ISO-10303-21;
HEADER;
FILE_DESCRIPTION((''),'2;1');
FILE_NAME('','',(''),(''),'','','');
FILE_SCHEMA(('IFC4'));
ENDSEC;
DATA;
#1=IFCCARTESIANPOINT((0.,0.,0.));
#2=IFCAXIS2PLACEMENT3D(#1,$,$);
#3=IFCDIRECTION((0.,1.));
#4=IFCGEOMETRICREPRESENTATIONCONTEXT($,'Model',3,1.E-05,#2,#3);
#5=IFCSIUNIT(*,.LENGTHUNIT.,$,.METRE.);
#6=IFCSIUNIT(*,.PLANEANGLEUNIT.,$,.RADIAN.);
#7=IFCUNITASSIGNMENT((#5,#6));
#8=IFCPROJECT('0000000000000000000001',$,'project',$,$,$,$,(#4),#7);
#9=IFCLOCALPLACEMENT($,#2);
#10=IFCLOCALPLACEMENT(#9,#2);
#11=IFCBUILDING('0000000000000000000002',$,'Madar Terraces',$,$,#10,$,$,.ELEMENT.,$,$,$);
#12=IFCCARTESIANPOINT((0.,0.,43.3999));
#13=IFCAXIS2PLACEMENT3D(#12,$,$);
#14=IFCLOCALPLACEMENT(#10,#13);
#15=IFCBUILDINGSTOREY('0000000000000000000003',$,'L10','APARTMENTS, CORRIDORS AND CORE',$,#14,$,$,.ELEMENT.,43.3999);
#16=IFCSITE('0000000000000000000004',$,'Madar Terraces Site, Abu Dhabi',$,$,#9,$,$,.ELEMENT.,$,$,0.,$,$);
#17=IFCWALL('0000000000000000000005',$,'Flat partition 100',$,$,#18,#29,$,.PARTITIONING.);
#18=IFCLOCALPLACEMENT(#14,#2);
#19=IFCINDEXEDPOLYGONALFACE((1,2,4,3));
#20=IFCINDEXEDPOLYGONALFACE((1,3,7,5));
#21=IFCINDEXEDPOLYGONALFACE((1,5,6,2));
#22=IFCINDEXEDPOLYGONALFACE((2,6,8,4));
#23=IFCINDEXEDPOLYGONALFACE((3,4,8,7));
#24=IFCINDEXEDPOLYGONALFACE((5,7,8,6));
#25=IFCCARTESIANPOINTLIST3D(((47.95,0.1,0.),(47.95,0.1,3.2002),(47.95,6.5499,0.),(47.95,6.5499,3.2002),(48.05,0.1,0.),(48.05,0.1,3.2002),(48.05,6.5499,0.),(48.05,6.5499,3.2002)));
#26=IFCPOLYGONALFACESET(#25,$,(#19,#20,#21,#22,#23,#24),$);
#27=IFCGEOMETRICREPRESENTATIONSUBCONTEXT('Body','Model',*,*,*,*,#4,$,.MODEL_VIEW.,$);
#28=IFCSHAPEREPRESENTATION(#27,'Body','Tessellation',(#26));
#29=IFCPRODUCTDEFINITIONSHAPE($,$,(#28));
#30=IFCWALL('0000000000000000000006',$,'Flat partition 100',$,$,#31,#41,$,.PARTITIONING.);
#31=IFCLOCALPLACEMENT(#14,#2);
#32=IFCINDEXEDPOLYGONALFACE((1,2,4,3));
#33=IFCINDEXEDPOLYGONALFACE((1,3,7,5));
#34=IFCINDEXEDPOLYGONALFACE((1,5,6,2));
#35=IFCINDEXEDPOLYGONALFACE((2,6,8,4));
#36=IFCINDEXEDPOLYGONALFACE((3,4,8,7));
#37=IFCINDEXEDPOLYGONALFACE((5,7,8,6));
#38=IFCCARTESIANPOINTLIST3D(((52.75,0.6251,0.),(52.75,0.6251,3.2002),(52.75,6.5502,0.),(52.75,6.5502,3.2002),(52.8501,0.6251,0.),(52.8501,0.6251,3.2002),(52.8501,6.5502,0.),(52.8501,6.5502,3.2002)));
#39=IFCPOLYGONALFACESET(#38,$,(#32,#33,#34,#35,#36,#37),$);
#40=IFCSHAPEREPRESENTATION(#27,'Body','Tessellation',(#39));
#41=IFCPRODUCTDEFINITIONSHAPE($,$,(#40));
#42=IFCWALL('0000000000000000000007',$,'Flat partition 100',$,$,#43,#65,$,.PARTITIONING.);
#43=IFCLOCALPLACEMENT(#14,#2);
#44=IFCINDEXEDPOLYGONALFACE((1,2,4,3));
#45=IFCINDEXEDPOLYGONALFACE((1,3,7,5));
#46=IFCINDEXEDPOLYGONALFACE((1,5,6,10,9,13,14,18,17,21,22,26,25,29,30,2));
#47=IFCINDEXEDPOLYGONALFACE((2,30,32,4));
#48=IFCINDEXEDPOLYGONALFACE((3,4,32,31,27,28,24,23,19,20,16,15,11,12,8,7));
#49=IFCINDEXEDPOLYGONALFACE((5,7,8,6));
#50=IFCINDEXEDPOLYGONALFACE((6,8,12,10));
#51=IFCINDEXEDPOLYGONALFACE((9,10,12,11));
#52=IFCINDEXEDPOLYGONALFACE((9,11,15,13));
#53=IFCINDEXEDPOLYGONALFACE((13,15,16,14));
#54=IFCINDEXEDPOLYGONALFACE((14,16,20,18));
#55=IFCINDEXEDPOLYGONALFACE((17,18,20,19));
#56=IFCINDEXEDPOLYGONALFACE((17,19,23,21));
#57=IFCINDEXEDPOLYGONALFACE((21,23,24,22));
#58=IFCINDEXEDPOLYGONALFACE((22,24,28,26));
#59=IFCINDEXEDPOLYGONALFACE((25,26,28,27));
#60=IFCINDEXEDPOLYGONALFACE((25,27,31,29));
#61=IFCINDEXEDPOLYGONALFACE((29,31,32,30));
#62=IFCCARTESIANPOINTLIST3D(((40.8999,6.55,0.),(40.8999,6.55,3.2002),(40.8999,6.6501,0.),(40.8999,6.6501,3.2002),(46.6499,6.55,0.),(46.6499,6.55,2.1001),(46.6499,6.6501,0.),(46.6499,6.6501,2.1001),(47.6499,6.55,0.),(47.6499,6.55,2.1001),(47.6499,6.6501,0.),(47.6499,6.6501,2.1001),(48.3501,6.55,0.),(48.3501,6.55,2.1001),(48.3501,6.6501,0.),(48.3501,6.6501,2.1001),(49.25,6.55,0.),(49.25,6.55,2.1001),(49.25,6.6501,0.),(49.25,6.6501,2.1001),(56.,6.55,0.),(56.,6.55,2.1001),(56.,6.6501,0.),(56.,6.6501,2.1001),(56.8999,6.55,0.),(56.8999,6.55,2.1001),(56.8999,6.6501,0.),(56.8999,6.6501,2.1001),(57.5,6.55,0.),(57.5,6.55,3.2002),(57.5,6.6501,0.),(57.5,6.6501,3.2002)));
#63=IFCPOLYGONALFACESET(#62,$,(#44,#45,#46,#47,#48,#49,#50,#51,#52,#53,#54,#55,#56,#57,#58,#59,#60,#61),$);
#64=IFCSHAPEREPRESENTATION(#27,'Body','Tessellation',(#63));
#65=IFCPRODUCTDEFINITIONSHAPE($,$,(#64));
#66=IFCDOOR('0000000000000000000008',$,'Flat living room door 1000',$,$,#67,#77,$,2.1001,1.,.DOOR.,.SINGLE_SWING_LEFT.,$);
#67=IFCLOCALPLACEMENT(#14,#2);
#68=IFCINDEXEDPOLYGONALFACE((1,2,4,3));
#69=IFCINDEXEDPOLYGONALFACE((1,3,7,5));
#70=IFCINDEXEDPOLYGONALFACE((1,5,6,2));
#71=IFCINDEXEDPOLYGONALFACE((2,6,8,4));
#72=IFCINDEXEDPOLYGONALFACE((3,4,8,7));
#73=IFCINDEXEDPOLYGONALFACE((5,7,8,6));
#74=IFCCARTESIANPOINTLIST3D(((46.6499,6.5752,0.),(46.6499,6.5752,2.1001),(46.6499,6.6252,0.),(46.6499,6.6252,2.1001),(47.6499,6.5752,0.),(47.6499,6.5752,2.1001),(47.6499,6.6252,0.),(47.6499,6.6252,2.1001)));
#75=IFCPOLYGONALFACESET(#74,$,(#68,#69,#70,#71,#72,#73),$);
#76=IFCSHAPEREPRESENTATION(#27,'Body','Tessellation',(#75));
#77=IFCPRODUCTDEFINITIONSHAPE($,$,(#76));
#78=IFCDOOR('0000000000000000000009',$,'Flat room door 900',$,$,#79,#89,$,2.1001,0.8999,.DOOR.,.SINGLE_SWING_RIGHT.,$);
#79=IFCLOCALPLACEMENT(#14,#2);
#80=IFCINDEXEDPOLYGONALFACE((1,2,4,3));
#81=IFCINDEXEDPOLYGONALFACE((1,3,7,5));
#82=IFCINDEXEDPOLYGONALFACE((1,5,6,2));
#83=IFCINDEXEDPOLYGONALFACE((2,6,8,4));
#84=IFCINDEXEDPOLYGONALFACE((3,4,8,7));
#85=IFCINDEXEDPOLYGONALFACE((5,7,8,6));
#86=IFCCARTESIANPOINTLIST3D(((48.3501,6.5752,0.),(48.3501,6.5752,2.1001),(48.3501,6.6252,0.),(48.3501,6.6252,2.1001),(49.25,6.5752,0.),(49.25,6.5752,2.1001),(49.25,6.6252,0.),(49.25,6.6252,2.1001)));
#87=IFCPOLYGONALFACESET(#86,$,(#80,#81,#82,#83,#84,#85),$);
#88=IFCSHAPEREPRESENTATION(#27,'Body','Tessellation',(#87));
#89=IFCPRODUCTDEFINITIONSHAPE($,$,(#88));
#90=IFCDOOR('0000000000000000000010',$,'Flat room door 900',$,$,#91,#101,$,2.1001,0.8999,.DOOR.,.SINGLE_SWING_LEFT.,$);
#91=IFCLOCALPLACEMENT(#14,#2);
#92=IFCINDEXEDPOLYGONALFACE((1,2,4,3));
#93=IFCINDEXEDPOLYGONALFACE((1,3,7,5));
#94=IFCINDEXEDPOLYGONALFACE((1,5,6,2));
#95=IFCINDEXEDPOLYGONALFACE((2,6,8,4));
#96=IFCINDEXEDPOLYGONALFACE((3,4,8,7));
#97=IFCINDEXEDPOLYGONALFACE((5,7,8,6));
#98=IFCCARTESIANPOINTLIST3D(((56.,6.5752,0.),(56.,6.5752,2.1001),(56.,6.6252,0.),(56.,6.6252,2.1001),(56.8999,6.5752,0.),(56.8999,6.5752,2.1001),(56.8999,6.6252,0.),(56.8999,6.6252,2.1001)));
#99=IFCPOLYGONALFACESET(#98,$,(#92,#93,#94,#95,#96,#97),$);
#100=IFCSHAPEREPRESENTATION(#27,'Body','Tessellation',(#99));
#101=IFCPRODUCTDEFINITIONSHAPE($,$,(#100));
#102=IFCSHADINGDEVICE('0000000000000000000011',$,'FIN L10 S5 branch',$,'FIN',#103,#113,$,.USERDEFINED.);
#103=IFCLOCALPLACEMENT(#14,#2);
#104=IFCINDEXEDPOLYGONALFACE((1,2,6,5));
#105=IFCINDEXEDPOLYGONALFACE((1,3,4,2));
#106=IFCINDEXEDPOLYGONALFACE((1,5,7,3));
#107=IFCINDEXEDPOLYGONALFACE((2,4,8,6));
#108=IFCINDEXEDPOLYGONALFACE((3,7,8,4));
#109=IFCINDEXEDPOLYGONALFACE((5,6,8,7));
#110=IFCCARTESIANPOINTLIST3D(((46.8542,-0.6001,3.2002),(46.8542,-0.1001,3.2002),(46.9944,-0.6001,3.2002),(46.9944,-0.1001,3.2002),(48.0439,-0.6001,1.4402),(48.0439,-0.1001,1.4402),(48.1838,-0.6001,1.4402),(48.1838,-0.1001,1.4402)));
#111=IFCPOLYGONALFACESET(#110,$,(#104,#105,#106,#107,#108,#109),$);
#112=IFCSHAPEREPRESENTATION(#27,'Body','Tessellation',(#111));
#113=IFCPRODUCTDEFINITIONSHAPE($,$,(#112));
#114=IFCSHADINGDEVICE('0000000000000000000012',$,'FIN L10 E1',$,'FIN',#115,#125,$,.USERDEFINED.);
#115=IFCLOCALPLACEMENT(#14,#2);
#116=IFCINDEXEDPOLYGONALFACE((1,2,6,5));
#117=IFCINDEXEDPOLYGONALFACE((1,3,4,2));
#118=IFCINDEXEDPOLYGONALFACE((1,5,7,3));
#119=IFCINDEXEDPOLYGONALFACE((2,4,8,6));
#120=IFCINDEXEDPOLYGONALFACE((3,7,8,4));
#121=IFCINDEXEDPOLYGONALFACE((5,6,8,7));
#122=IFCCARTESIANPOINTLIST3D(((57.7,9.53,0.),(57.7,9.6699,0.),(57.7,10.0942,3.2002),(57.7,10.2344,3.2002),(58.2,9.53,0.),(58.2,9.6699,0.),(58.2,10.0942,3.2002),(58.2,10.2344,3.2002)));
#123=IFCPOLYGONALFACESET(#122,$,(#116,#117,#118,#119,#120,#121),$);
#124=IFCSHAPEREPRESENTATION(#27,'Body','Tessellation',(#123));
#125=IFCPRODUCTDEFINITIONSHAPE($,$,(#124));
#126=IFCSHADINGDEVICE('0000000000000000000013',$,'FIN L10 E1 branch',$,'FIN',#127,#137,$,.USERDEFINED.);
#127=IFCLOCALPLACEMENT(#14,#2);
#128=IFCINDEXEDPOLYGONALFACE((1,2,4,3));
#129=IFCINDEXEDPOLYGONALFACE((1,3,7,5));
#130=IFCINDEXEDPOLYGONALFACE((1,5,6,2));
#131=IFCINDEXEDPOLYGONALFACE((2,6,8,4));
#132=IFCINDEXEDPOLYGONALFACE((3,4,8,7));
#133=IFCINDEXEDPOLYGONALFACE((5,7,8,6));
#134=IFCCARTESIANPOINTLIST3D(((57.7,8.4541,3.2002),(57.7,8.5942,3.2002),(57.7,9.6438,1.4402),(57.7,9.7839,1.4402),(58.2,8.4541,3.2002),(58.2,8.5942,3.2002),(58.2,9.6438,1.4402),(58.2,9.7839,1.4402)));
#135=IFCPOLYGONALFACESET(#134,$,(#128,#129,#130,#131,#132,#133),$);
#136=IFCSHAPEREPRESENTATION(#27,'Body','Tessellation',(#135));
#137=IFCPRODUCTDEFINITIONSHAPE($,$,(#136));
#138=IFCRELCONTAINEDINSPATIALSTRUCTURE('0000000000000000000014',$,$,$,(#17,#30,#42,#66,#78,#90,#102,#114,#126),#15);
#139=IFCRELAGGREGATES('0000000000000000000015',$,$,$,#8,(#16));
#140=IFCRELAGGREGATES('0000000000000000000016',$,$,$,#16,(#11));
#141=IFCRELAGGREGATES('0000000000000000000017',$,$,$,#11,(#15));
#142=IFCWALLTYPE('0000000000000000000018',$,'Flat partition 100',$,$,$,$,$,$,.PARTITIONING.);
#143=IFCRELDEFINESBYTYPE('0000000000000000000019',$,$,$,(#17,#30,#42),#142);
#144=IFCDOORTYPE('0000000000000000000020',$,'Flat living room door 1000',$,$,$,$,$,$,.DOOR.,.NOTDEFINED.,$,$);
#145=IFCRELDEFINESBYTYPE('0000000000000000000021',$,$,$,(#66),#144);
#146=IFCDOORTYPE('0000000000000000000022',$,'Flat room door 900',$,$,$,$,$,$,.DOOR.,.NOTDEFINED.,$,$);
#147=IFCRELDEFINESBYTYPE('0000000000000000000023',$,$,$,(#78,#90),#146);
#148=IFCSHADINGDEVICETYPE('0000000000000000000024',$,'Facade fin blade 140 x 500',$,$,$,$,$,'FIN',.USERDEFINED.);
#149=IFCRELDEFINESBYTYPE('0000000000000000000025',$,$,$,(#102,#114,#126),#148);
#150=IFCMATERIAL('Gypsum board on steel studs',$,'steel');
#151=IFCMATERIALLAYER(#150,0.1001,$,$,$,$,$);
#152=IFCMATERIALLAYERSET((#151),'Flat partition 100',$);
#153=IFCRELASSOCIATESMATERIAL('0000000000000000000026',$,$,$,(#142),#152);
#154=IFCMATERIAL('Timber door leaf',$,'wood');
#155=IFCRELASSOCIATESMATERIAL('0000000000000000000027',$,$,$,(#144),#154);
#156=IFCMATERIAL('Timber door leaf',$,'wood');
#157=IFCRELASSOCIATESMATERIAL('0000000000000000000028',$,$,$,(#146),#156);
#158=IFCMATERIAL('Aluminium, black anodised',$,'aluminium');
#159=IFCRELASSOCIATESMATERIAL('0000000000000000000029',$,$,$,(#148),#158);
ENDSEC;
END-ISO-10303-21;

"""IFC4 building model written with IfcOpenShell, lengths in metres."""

from ifc_helpers import new_model, si_unit, direction, frame, frame_2d, origin, place, context, subcontext, project, spatial, polyline, rectangle, outline, extrude, material, layer, layer_set, type_object, element, fill, save


model = new_model("IFC4")

# Units and contexts
model_context = context("Model", 3, precision=1e-05, world=origin(), true_north=direction((0.0, 1.0)))
body_context = subcontext(model_context, "Body", "Model", "MODEL_VIEW")
ifc_project = project(units=[si_unit("LENGTHUNIT", "METRE"), si_unit("PLANEANGLEUNIT", "RADIAN")], contexts=[model_context])

# Site, building, storey
site_placement = place(None, origin())
site = spatial("IfcSite", under=ifc_project, at=site_placement, Name="Madar Terraces Site, Abu Dhabi", CompositionType="ELEMENT", RefElevation=0.0)
building_placement = place(site_placement, origin())
building = spatial("IfcBuilding", under=site, at=building_placement, Name="Madar Terraces", CompositionType="ELEMENT")
storey_placement = place(building_placement, frame((0.0, 0.0, 43.3999)))
storey = spatial("IfcBuildingStorey", under=building, at=storey_placement, Name="L10", Description="APARTMENTS, CORRIDORS AND CORE", CompositionType="ELEMENT", Elevation=43.3999)

# Walls
ifc_material_1 = material(Name="Gypsum board on steel studs", Category="steel")
ifc_layer_1 = layer(ifc_material_1, 0.1001)
ifc_layer_set_1 = layer_set([ifc_layer_1], Name="Flat partition 100")
wall_type = type_object("IfcWallType", Name="Flat partition 100", PredefinedType="PARTITIONING", material=ifc_layer_set_1)
wall_1_placement = place(storey_placement, frame((48.0, 6.55, 0.0), z_axis=(0.0, 0.0, 1.0), x_axis=(0.0, -1.0, 0.0)))
element("IfcWall", 1, at=wall_1_placement, inside=storey, type_object=wall_type, Name="Flat partition 100", PredefinedType="PARTITIONING", context=body_context, shape_type="SweptSolid", body=[
    extrude(rectangle(XDim=6.45, YDim=0.1001, at=frame_2d((3.2251, 0.0))), origin(), (0.0, 0.0, 1.0), 3.2002),
])
wall_2_placement = place(storey_placement, frame((52.8, 6.55, 0.0), z_axis=(0.0, 0.0, 1.0), x_axis=(0.0, -1.0, 0.0)))
element("IfcWall", 2, at=wall_2_placement, inside=storey, type_object=wall_type, Name="Flat partition 100", PredefinedType="PARTITIONING", context=body_context, shape_type="SweptSolid", body=[
    extrude(rectangle(XDim=5.925, YDim=0.1001, at=frame_2d((2.9624, 0.0))), origin(), (0.0, 0.0, 1.0), 3.2002),
])

# Wall, openings, doors
wall_3_placement = place(storey_placement, frame((57.5, 6.6001, 0.0), z_axis=(0.0, 0.0, 1.0), x_axis=(-1.0, 0.0, 0.0)))
wall_3 = element("IfcWall", 3, at=wall_3_placement, inside=storey, type_object=wall_type, Name="Flat partition 100", PredefinedType="PARTITIONING", context=body_context, shape_type="SweptSolid", body=[
    extrude(rectangle(XDim=16.6001, YDim=0.1001, at=frame_2d((8.3, 0.0))), origin(), (0.0, 0.0, 1.0), 3.2002),
])
opening_1_placement = place(wall_3_placement, frame((9.8501, 0.0, 0.0)))
opening_1 = element("IfcOpeningElement", 4, at=opening_1_placement, cuts=wall_3, PredefinedType="OPENING", context=body_context, shape_type="SweptSolid", body=[
    extrude(rectangle(XDim=1.0, YDim=2.1001, at=frame_2d((0.5, 1.05))), frame((0.0, 0.0601, 0.0), z_axis=(0.0, -1.0, 0.0), x_axis=(1.0, 0.0, 0.0)), (0.0, 0.0, 1.0), 0.1201),
])
opening_2_placement = place(wall_3_placement, frame((8.25, 0.0, 0.0)))
opening_2 = element("IfcOpeningElement", 5, at=opening_2_placement, cuts=wall_3, PredefinedType="OPENING", context=body_context, shape_type="SweptSolid", body=[
    extrude(rectangle(XDim=0.8999, YDim=2.1001, at=frame_2d((0.45, 1.05))), frame((0.0, 0.0601, 0.0), z_axis=(0.0, -1.0, 0.0), x_axis=(1.0, 0.0, 0.0)), (0.0, 0.0, 1.0), 0.1201),
])
opening_3_placement = place(wall_3_placement, frame((0.6001, 0.0, 0.0)))
opening_3 = element("IfcOpeningElement", 6, at=opening_3_placement, cuts=wall_3, PredefinedType="OPENING", context=body_context, shape_type="SweptSolid", body=[
    extrude(rectangle(XDim=0.8999, YDim=2.1001, at=frame_2d((0.45, 1.05))), frame((0.0, 0.0601, 0.0), z_axis=(0.0, -1.0, 0.0), x_axis=(1.0, 0.0, 0.0)), (0.0, 0.0, 1.0), 0.1201),
])
ifc_material_2 = material(Name="Timber door leaf", Category="wood")
door_type_1 = type_object("IfcDoorType", Name="Flat living room door 1000", OperationType="NOTDEFINED", PredefinedType="DOOR", material=ifc_material_2)
door_1_placement = place(opening_1_placement, origin())
door_1 = element("IfcDoor", 7, at=door_1_placement, inside=storey, type_object=door_type_1, Name="Flat living room door 1000", OperationType="SINGLE_SWING_LEFT", OverallHeight=2.1001, OverallWidth=1.0, PredefinedType="DOOR", context=body_context, shape_type="SweptSolid", body=[
    extrude(rectangle(XDim=1.0, YDim=2.1001, at=frame_2d((0.5, 1.05))), frame((0.0, 0.0249, 0.0), z_axis=(0.0, -1.0, 0.0), x_axis=(1.0, 0.0, 0.0)), (0.0, 0.0, 1.0), 0.05),
])
fill(opening_1, door_1)
ifc_material_3 = material(Name="Timber door leaf", Category="wood")
door_type_2 = type_object("IfcDoorType", Name="Flat room door 900", OperationType="NOTDEFINED", PredefinedType="DOOR", material=ifc_material_3)
door_2_placement = place(opening_2_placement, origin())
door_2 = element("IfcDoor", 8, at=door_2_placement, inside=storey, type_object=door_type_2, Name="Flat room door 900", OperationType="SINGLE_SWING_RIGHT", OverallHeight=2.1001, OverallWidth=0.8999, PredefinedType="DOOR", context=body_context, shape_type="SweptSolid", body=[
    extrude(rectangle(XDim=0.8999, YDim=2.1001, at=frame_2d((0.45, 1.05))), frame((0.0, 0.0249, 0.0), z_axis=(0.0, -1.0, 0.0), x_axis=(1.0, 0.0, 0.0)), (0.0, 0.0, 1.0), 0.05),
])
fill(opening_2, door_2)
door_3_placement = place(opening_3_placement, origin())
door_3 = element("IfcDoor", 9, at=door_3_placement, inside=storey, type_object=door_type_2, Name="Flat room door 900", OperationType="SINGLE_SWING_LEFT", OverallHeight=2.1001, OverallWidth=0.8999, PredefinedType="DOOR", context=body_context, shape_type="SweptSolid", body=[
    extrude(rectangle(XDim=0.8999, YDim=2.1001, at=frame_2d((0.45, 1.05))), frame((0.0, 0.0249, 0.0), z_axis=(0.0, -1.0, 0.0), x_axis=(1.0, 0.0, 0.0)), (0.0, 0.0, 1.0), 0.05),
])
fill(opening_3, door_3)

# Shading devices
ifc_material_4 = material(Name="Aluminium, black anodised", Category="aluminium")
shading_device_type = type_object("IfcShadingDeviceType", Name="Facade fin blade 140 x 500", ElementType="FIN", PredefinedType="USERDEFINED", material=ifc_material_4)
shading_device_1_placement = place(storey_placement, frame((48.0439, -0.3501, 1.4402), z_axis=(0.0, 0.0, 1.0), x_axis=(1.0, 0.0, 0.0)))
element("IfcShadingDevice", 10, at=shading_device_1_placement, inside=storey, type_object=shading_device_type, Name="FIN L10 S5 branch", ObjectType="FIN", PredefinedType="USERDEFINED", context=body_context, shape_type="SweptSolid", body=[
    extrude(outline(polyline([(0.0, 0.0), (0.1399, 0.0), (-1.0496, 1.76), (-1.1897, 1.76), (0.0, 0.0)])), frame((0.0, 0.25, 0.0), z_axis=(0.0, -1.0, 0.0), x_axis=(1.0, 0.0, 0.0)), (0.0, 0.0, 1.0), 0.5),
])
shading_device_2_placement = place(storey_placement, frame((57.95, 9.53, 0.0), z_axis=(0.0, 0.0, 1.0), x_axis=(0.0, 1.0, 0.0)))
element("IfcShadingDevice", 11, at=shading_device_2_placement, inside=storey, type_object=shading_device_type, Name="FIN L10 E1", ObjectType="FIN", PredefinedType="USERDEFINED", context=body_context, shape_type="SweptSolid", body=[
    extrude(outline(polyline([(0.0, 0.0), (0.1399, 0.0), (0.7043, 3.2002), (0.5642, 3.2002), (0.0, 0.0)])), frame((0.0, 0.25, 0.0), z_axis=(0.0, -1.0, 0.0), x_axis=(1.0, 0.0, 0.0)), (0.0, 0.0, 1.0), 0.5),
])
shading_device_3_placement = place(storey_placement, frame((57.95, 9.6438, 1.4402), z_axis=(0.0, 0.0, 1.0), x_axis=(0.0, 1.0, 0.0)))
element("IfcShadingDevice", 12, at=shading_device_3_placement, inside=storey, type_object=shading_device_type, Name="FIN L10 E1 branch", ObjectType="FIN", PredefinedType="USERDEFINED", context=body_context, shape_type="SweptSolid", body=[
    extrude(outline(polyline([(0.0, 0.0), (0.1401, 0.0), (-1.0496, 1.76), (-1.1897, 1.76), (0.0, 0.0)])), frame((0.0, 0.25, 0.0), z_axis=(0.0, -1.0, 0.0), x_axis=(1.0, 0.0, 0.0)), (0.0, 0.0, 1.0), 0.5),
])

save(model, "model.ifc")
